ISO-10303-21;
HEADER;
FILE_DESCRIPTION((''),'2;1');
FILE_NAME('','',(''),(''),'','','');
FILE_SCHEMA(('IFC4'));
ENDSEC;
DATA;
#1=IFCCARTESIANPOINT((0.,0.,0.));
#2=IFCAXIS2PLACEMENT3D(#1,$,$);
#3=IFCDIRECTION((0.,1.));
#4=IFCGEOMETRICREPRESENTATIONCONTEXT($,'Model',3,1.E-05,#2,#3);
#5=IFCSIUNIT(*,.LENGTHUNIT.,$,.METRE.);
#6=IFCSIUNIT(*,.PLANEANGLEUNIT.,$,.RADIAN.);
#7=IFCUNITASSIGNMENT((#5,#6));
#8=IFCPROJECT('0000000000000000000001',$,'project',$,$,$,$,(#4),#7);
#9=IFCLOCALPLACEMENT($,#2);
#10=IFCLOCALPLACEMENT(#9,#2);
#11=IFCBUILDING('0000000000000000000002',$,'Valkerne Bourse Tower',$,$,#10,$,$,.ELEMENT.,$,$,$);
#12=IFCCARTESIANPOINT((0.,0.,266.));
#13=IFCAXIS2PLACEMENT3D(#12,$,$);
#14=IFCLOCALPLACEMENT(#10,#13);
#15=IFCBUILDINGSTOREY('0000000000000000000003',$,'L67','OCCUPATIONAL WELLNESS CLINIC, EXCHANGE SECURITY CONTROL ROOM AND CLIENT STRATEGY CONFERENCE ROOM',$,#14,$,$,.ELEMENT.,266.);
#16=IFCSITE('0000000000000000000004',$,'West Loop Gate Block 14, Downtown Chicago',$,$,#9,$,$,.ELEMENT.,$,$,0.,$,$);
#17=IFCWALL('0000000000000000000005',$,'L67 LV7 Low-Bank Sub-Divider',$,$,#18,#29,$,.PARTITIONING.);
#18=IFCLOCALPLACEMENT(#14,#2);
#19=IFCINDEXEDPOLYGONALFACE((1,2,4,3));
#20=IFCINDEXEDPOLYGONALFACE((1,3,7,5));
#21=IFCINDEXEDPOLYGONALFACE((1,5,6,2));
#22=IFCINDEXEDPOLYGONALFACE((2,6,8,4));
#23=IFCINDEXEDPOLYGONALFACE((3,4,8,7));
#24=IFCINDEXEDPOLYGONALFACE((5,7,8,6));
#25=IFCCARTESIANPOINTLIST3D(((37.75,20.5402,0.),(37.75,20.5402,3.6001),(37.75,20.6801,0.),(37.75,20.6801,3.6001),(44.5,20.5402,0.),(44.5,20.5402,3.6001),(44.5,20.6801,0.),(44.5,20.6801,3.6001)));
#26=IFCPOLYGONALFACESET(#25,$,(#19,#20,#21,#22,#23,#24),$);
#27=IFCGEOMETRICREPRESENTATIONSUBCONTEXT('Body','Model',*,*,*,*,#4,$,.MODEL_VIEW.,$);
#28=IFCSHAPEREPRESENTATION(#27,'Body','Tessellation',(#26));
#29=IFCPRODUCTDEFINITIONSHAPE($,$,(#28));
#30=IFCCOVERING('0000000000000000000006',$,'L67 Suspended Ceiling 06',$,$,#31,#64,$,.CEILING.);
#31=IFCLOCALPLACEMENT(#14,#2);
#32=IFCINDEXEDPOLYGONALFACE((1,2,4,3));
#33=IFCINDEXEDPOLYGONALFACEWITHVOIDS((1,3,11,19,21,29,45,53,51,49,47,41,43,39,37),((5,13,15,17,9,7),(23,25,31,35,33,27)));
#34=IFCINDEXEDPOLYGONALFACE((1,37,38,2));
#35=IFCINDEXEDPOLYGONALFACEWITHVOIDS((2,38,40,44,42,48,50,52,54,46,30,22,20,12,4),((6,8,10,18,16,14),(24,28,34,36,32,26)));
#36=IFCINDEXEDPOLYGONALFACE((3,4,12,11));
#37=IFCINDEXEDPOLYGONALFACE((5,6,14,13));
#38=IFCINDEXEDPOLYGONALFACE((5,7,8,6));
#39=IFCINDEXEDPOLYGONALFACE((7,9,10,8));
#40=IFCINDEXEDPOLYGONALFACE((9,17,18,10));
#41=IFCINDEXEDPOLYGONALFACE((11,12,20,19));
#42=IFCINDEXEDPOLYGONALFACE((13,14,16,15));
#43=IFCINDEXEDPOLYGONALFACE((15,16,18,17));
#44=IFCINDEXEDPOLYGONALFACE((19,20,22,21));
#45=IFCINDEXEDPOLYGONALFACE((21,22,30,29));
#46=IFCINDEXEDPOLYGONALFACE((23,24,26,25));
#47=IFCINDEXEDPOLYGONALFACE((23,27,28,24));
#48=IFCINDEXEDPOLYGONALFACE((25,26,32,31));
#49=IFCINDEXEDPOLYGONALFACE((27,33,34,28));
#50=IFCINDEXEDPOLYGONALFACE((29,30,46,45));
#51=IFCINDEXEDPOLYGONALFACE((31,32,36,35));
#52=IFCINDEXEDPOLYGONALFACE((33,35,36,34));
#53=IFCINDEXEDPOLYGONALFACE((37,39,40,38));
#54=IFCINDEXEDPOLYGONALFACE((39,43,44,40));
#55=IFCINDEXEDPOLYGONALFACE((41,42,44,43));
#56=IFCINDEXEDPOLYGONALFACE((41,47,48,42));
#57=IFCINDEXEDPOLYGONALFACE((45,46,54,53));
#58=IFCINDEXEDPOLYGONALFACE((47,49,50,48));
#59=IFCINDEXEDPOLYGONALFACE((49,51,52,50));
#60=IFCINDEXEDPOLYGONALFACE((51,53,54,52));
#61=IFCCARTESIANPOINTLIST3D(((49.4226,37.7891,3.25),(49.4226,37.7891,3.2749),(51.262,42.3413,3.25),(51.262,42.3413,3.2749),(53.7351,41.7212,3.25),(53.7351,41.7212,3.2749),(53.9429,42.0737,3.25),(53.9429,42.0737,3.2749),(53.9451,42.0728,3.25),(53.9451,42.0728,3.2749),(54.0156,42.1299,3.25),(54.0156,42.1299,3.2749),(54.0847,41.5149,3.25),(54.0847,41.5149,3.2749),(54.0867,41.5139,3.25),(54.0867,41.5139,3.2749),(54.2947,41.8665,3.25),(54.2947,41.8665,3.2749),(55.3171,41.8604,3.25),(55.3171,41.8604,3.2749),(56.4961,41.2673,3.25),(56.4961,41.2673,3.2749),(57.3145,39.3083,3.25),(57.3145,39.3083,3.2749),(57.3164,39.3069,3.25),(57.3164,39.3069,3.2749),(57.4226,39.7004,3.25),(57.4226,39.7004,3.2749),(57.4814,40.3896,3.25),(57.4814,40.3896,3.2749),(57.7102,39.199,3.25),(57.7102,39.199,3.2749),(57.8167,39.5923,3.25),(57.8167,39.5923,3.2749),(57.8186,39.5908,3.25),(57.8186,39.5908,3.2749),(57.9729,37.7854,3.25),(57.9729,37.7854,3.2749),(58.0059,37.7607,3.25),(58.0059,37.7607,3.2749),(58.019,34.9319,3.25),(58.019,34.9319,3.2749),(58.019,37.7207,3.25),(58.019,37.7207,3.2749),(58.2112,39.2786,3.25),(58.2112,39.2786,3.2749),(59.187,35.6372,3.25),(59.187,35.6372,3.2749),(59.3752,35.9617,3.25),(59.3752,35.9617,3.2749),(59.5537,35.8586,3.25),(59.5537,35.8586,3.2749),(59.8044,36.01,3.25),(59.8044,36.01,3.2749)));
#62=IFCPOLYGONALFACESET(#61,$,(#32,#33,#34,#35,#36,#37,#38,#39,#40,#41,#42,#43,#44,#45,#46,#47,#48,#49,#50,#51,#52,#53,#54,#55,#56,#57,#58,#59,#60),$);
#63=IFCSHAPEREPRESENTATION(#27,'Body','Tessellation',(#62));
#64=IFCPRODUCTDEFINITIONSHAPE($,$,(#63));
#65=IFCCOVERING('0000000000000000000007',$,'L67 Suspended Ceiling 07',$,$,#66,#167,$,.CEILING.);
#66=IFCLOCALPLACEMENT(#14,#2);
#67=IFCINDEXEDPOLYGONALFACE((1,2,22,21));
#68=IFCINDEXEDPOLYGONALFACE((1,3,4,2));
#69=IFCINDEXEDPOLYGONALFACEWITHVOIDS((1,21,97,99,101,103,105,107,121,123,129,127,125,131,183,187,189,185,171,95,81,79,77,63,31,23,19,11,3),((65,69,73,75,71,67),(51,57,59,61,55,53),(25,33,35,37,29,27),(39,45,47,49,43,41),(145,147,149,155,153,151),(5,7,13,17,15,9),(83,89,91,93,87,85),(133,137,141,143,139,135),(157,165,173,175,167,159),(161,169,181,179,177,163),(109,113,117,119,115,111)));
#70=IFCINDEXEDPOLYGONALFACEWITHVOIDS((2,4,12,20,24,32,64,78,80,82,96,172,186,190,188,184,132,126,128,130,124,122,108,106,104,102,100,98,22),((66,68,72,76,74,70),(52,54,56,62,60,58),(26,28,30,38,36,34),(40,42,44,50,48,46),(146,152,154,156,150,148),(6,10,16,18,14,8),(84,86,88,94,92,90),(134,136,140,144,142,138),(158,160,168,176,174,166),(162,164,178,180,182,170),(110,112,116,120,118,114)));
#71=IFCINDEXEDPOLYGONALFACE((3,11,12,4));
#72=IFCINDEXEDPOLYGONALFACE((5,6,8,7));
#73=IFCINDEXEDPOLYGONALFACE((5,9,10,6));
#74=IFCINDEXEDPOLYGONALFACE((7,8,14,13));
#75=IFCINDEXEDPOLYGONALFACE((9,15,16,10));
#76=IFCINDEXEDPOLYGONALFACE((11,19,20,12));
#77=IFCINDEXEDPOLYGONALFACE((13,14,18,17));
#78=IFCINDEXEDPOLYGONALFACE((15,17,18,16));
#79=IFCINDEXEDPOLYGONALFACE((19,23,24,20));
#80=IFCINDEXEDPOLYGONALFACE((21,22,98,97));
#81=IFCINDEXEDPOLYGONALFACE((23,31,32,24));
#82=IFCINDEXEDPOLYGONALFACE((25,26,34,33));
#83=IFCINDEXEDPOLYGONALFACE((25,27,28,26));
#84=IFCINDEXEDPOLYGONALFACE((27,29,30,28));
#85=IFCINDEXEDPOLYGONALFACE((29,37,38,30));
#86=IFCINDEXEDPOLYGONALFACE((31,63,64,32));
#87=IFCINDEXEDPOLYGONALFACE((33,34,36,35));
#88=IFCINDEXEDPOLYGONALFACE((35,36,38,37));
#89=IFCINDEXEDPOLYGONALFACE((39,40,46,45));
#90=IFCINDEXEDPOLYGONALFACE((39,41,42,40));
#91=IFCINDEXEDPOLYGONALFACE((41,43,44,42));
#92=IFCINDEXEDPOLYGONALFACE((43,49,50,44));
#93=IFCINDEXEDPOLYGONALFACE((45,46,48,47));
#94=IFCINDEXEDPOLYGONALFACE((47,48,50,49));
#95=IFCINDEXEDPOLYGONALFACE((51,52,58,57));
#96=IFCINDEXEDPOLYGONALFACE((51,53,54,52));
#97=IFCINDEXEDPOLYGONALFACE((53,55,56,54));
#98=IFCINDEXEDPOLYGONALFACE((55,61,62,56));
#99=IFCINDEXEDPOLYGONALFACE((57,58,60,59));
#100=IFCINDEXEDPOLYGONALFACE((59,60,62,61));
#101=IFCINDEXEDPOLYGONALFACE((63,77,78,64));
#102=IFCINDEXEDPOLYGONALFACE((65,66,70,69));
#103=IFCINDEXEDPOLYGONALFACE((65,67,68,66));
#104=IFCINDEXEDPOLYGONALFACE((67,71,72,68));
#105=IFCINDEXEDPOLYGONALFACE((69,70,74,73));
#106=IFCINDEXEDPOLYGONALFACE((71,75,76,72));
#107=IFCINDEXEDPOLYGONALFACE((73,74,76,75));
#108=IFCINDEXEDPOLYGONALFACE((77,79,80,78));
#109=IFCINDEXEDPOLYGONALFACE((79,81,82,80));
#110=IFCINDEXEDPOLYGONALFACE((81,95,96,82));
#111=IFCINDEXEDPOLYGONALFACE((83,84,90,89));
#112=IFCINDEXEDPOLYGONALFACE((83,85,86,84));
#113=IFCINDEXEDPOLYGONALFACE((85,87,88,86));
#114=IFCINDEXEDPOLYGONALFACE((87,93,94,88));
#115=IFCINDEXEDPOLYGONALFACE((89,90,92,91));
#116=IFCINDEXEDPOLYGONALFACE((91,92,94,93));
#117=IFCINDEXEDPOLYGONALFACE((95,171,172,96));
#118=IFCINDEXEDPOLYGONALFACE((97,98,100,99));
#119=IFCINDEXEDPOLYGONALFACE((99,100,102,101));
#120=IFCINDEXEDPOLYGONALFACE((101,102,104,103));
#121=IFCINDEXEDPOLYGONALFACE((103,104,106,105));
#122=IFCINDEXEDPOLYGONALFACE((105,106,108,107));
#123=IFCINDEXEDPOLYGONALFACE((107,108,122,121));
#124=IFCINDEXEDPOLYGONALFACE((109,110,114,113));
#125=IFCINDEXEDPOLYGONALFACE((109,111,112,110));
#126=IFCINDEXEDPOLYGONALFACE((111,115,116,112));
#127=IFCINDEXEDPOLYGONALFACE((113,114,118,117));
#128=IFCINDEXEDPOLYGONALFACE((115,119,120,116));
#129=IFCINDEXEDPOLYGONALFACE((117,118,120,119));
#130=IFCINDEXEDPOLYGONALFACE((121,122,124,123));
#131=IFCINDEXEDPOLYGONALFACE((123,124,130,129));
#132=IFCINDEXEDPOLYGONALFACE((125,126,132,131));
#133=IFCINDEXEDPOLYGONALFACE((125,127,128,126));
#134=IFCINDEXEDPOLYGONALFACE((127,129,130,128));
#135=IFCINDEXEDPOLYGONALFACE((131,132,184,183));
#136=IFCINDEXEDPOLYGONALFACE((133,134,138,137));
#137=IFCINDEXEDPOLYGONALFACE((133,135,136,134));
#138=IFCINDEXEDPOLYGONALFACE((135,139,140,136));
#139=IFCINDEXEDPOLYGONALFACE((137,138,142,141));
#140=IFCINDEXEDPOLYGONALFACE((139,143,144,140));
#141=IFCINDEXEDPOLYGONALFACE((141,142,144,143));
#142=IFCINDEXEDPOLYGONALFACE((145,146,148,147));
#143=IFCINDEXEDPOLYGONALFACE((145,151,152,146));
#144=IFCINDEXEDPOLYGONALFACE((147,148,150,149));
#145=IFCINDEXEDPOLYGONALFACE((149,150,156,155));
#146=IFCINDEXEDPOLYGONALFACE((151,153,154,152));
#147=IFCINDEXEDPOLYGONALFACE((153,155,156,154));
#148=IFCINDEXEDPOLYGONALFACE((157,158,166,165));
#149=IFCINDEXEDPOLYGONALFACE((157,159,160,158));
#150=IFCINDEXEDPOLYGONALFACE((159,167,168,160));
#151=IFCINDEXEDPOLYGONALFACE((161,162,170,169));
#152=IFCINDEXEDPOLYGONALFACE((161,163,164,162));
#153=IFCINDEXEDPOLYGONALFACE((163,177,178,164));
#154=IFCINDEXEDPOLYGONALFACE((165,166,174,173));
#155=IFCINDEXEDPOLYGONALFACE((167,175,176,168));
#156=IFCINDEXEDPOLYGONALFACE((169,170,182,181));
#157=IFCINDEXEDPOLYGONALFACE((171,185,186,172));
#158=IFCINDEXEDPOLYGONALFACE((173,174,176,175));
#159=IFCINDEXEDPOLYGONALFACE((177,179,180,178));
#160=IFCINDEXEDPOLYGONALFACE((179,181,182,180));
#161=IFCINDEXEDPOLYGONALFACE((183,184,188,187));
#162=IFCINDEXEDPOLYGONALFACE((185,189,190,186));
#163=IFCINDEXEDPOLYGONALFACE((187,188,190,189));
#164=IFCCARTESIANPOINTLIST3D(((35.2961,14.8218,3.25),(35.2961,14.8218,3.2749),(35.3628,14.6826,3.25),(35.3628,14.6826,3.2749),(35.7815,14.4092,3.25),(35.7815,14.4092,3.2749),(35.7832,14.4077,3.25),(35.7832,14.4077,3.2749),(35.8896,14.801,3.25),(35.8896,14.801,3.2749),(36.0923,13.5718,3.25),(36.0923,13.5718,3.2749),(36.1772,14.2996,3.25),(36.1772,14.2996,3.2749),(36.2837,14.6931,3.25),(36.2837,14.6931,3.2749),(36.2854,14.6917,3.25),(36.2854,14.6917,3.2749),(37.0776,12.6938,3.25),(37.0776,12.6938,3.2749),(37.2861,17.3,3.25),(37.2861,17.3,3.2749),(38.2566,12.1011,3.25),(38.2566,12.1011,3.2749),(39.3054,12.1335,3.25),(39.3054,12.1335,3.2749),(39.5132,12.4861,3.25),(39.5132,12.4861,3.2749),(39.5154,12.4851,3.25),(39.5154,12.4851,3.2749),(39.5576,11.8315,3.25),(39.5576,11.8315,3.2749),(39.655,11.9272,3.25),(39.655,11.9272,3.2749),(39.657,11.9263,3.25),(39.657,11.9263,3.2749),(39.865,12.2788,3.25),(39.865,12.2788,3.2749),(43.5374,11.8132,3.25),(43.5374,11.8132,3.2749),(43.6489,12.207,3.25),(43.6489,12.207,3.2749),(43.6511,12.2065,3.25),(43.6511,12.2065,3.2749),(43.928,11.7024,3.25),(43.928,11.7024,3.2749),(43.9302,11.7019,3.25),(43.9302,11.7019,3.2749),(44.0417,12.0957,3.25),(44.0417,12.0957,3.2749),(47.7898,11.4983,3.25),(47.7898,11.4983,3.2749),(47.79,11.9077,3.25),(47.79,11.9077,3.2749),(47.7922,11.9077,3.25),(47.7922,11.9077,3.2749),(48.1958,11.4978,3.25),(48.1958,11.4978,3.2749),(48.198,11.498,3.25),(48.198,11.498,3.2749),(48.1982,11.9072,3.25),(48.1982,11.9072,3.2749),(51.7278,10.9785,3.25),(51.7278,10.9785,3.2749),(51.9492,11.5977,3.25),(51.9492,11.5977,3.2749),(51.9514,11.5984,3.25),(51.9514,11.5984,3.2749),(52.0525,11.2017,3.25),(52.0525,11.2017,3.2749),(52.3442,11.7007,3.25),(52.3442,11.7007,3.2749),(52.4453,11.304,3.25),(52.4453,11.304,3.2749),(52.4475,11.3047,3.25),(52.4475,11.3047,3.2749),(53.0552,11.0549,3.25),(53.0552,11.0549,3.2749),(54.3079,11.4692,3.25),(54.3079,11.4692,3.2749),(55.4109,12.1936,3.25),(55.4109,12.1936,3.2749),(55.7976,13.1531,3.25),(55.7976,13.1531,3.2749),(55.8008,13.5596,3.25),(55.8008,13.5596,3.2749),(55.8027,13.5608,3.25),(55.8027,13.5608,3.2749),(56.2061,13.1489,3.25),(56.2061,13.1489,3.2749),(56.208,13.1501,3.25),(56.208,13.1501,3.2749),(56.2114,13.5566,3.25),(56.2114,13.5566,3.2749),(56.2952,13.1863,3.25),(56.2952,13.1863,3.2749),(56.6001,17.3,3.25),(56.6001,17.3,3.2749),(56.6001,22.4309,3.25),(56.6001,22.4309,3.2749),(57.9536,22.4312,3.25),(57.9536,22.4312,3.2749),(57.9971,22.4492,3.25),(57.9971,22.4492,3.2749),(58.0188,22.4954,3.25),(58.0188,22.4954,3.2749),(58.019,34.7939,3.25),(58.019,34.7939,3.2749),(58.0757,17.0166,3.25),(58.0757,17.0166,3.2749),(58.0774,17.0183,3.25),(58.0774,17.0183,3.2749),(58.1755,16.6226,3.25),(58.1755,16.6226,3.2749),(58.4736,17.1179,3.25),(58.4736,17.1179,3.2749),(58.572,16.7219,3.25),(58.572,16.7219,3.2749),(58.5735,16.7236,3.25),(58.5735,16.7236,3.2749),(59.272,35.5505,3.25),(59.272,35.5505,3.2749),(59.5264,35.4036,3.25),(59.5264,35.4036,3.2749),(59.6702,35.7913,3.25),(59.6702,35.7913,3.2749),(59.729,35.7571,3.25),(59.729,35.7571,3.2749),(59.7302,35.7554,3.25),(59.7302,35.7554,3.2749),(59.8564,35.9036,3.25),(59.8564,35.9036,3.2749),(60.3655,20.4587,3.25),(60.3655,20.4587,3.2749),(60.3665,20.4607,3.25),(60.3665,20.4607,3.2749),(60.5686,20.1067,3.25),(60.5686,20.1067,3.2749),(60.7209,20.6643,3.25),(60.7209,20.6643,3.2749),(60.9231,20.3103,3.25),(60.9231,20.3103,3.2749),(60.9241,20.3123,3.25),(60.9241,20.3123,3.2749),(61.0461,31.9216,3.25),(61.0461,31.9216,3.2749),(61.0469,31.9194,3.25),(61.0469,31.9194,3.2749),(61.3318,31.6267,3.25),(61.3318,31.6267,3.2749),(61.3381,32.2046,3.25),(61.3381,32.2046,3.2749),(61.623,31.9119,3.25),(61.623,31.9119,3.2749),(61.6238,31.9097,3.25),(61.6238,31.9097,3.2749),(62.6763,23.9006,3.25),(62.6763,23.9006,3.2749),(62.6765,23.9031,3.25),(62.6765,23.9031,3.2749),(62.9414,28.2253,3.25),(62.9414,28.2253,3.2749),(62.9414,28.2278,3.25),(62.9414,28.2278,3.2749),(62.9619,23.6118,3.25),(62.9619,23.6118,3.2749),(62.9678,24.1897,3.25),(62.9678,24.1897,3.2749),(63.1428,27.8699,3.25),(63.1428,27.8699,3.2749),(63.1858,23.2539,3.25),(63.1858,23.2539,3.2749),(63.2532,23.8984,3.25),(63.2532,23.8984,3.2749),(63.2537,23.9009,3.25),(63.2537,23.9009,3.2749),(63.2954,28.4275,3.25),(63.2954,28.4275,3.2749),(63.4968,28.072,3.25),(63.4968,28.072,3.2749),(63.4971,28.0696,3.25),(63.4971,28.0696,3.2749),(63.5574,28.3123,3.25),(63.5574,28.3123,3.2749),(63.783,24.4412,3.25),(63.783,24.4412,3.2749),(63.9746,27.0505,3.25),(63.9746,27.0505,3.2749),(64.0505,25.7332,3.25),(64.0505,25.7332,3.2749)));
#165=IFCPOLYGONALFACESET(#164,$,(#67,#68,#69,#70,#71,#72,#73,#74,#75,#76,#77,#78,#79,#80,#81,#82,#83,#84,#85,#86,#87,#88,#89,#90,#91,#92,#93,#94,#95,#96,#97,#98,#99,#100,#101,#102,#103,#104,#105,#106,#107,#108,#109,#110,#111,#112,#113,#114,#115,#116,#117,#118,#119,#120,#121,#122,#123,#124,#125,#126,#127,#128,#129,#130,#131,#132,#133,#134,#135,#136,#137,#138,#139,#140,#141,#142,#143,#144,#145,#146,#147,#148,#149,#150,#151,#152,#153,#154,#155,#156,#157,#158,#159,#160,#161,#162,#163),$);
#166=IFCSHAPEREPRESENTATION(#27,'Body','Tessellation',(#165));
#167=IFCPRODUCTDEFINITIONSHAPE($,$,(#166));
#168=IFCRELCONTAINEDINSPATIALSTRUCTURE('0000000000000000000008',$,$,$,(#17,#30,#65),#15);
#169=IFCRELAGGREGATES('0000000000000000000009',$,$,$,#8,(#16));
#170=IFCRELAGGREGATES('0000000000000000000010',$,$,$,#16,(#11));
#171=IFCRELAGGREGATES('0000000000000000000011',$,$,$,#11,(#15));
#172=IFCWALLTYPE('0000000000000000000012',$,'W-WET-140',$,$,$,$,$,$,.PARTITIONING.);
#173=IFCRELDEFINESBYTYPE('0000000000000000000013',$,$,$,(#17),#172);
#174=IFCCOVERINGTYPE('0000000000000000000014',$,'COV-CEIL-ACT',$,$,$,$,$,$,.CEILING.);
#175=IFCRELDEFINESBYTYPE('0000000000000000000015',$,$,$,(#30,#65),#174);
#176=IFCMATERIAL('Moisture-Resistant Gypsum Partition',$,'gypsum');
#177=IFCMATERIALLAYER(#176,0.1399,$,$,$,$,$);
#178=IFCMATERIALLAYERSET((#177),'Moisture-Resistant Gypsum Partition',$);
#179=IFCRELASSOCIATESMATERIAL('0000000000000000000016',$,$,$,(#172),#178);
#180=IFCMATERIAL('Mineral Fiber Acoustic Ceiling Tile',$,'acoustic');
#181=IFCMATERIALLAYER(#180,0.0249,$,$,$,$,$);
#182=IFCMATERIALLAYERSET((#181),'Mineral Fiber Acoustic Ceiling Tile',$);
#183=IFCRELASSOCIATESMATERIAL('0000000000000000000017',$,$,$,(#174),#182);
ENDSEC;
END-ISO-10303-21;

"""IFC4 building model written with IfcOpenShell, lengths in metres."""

from ifc_helpers import new_model, si_unit, direction, frame, frame_2d, origin, place, context, subcontext, project, spatial, polyline, rectangle, outline, extrude, material, layer, layer_set, type_object, element, save


model = new_model("IFC4")

# Units and contexts
model_context = context("Model", 3, precision=1e-05, world=origin(), true_north=direction((0.0, 1.0)))
body_context = subcontext(model_context, "Body", "Model", "MODEL_VIEW")
ifc_project = project(units=[si_unit("LENGTHUNIT", "METRE"), si_unit("PLANEANGLEUNIT", "RADIAN")], contexts=[model_context])

# Site, building, storey
site_placement = place(None, origin())
site = spatial("IfcSite", under=ifc_project, at=site_placement, Name="West Loop Gate Block 14, Downtown Chicago", CompositionType="ELEMENT", RefElevation=0.0)
building_placement = place(site_placement, origin())
building = spatial("IfcBuilding", under=site, at=building_placement, Name="Valkerne Bourse Tower", CompositionType="ELEMENT")
storey_placement = place(building_placement, frame((0.0, 0.0, 266.0)))
storey = spatial("IfcBuildingStorey", under=building, at=storey_placement, Name="L67", Description="OCCUPATIONAL WELLNESS CLINIC, EXCHANGE SECURITY CONTROL ROOM AND CLIENT STRATEGY CONFERENCE ROOM", CompositionType="ELEMENT", Elevation=266.0)

# Wall
ifc_material_1 = material(Name="Moisture-Resistant Gypsum Partition", Category="gypsum")
ifc_layer_1 = layer(ifc_material_1, 0.1399)
ifc_layer_set_1 = layer_set([ifc_layer_1], Name="Moisture-Resistant Gypsum Partition")
wall_type_1 = type_object("IfcWallType", Name="W-WET-140", PredefinedType="PARTITIONING", material=ifc_layer_set_1)
wall_1_placement = place(storey_placement, frame((37.75, 20.6101, 0.0), z_axis=(0.0, 0.0, 1.0), x_axis=(1.0, 0.0, 0.0)))
element("IfcWall", 1, at=wall_1_placement, inside=storey, type_object=wall_type_1, Name="L67 LV7 Low-Bank Sub-Divider", PredefinedType="PARTITIONING", context=body_context, shape_type="SweptSolid", body=[
    extrude(rectangle(XDim=6.75, YDim=0.1399, at=frame_2d((3.375, 0.0))), origin(), (0.0, 0.0, 1.0), 3.6001),
])

# Coverings
ifc_material_2 = material(Name="Mineral Fiber Acoustic Ceiling Tile", Category="acoustic")
ifc_layer_2 = layer(ifc_material_2, 0.0249)
ifc_layer_set_2 = layer_set([ifc_layer_2], Name="Mineral Fiber Acoustic Ceiling Tile")
covering_type_1 = type_object("IfcCoveringType", Name="COV-CEIL-ACT", PredefinedType="CEILING", material=ifc_layer_set_2)
covering_1_placement = place(storey_placement, frame((0.0, 0.0, 3.25)))
element("IfcCovering", 2, at=covering_1_placement, inside=storey, type_object=covering_type_1, Name="L67 Suspended Ceiling 06", PredefinedType="CEILING", context=body_context, shape_type="SweptSolid", body=[
    extrude(outline(polyline([(56.4961, 41.2673), (57.4814, 40.3896), (58.2112, 39.2786), (59.8044, 36.01), (59.5537, 35.8586), (59.3752, 35.9617), (59.187, 35.6372), (58.019, 34.9319), (58.019, 37.7207), (58.0059, 37.7607), (57.9729, 37.7854), (49.4226, 37.7891), (51.262, 42.3413), (54.0156, 42.1299), (55.3171, 41.8604), (56.4961, 41.2673)]), holes=[polyline([(57.8167, 39.5923), (57.4226, 39.7004), (57.3145, 39.3083), (57.3164, 39.3069), (57.7102, 39.199), (57.8186, 39.5908), (57.8167, 39.5923)]), polyline([(53.9451, 42.0728), (53.9429, 42.0737), (53.7351, 41.7212), (54.0847, 41.5149), (54.0867, 41.5139), (54.2947, 41.8665), (53.9451, 42.0728)])]), origin(), (0.0, 0.0, 1.0), 0.0249),
])
covering_2_placement = place(storey_placement, frame((0.0, 0.0, 3.25)))
element("IfcCovering", 3, at=covering_2_placement, inside=storey, type_object=covering_type_1, Name="L67 Suspended Ceiling 07", PredefinedType="CEILING", context=body_context, shape_type="SweptSolid", body=[
    extrude(outline(polyline([(63.783, 24.4412), (63.1858, 23.2539), (56.2952, 13.1863), (55.4109, 12.1936), (54.3079, 11.4692), (53.0552, 11.0549), (51.7278, 10.9785), (39.5576, 11.8315), (38.2566, 12.1011), (37.0776, 12.6938), (36.0923, 13.5718), (35.3628, 14.6826), (35.2961, 14.8218), (37.2861, 17.3), (56.6001, 17.3), (56.6001, 22.4309), (57.9536, 22.4312), (57.9971, 22.4492), (58.0188, 22.4954), (58.019, 34.7939), (59.272, 35.5505), (59.5264, 35.4036), (59.7302, 35.7554), (59.729, 35.7571), (59.6702, 35.7913), (59.8564, 35.9036), (63.5574, 28.3123), (63.9746, 27.0505), (64.0505, 25.7332), (63.783, 24.4412)]), holes=[polyline([(43.6511, 12.2065), (43.6489, 12.207), (43.5374, 11.8132), (43.928, 11.7024), (43.9302, 11.7019), (44.0417, 12.0957), (43.6511, 12.2065)]), polyline([(39.5154, 12.4851), (39.5132, 12.4861), (39.3054, 12.1335), (39.655, 11.9272), (39.657, 11.9263), (39.865, 12.2788), (39.5154, 12.4851)]), polyline([(36.2837, 14.6931), (35.8896, 14.801), (35.7815, 14.4092), (35.7832, 14.4077), (36.1772, 14.2996), (36.2854, 14.6917), (36.2837, 14.6931)]), polyline([(52.4475, 11.3047), (52.3442, 11.7007), (51.9514, 11.5984), (51.9492, 11.5977), (52.0525, 11.2017), (52.4453, 11.304), (52.4475, 11.3047)]), polyline([(48.1982, 11.9072), (47.7922, 11.9077), (47.79, 11.9077), (47.7898, 11.4983), (48.1958, 11.4978), (48.198, 11.498), (48.1982, 11.9072)]), polyline([(56.2114, 13.5566), (55.8027, 13.5608), (55.8008, 13.5596), (55.7976, 13.1531), (56.2061, 13.1489), (56.208, 13.1501), (56.2114, 13.5566)]), polyline([(58.5735, 16.7236), (58.4736, 17.1179), (58.0774, 17.0183), (58.0757, 17.0166), (58.1755, 16.6226), (58.572, 16.7219), (58.5735, 16.7236)]), polyline([(60.9241, 20.3123), (60.7209, 20.6643), (60.3665, 20.4607), (60.3655, 20.4587), (60.5686, 20.1067), (60.9231, 20.3103), (60.9241, 20.3123)]), polyline([(63.2537, 23.9009), (62.9678, 24.1897), (62.6765, 23.9031), (62.6763, 23.9006), (62.9619, 23.6118), (63.2532, 23.8984), (63.2537, 23.9009)]), polyline([(63.4968, 28.072), (63.2954, 28.4275), (62.9414, 28.2278), (62.9414, 28.2253), (63.1428, 27.8699), (63.4971, 28.0696), (63.4968, 28.072)]), polyline([(61.623, 31.9119), (61.3381, 32.2046), (61.0461, 31.9216), (61.0469, 31.9194), (61.3318, 31.6267), (61.6238, 31.9097), (61.623, 31.9119)])]), origin(), (0.0, 0.0, 1.0), 0.0249),
])

save(model, "model.ifc")
